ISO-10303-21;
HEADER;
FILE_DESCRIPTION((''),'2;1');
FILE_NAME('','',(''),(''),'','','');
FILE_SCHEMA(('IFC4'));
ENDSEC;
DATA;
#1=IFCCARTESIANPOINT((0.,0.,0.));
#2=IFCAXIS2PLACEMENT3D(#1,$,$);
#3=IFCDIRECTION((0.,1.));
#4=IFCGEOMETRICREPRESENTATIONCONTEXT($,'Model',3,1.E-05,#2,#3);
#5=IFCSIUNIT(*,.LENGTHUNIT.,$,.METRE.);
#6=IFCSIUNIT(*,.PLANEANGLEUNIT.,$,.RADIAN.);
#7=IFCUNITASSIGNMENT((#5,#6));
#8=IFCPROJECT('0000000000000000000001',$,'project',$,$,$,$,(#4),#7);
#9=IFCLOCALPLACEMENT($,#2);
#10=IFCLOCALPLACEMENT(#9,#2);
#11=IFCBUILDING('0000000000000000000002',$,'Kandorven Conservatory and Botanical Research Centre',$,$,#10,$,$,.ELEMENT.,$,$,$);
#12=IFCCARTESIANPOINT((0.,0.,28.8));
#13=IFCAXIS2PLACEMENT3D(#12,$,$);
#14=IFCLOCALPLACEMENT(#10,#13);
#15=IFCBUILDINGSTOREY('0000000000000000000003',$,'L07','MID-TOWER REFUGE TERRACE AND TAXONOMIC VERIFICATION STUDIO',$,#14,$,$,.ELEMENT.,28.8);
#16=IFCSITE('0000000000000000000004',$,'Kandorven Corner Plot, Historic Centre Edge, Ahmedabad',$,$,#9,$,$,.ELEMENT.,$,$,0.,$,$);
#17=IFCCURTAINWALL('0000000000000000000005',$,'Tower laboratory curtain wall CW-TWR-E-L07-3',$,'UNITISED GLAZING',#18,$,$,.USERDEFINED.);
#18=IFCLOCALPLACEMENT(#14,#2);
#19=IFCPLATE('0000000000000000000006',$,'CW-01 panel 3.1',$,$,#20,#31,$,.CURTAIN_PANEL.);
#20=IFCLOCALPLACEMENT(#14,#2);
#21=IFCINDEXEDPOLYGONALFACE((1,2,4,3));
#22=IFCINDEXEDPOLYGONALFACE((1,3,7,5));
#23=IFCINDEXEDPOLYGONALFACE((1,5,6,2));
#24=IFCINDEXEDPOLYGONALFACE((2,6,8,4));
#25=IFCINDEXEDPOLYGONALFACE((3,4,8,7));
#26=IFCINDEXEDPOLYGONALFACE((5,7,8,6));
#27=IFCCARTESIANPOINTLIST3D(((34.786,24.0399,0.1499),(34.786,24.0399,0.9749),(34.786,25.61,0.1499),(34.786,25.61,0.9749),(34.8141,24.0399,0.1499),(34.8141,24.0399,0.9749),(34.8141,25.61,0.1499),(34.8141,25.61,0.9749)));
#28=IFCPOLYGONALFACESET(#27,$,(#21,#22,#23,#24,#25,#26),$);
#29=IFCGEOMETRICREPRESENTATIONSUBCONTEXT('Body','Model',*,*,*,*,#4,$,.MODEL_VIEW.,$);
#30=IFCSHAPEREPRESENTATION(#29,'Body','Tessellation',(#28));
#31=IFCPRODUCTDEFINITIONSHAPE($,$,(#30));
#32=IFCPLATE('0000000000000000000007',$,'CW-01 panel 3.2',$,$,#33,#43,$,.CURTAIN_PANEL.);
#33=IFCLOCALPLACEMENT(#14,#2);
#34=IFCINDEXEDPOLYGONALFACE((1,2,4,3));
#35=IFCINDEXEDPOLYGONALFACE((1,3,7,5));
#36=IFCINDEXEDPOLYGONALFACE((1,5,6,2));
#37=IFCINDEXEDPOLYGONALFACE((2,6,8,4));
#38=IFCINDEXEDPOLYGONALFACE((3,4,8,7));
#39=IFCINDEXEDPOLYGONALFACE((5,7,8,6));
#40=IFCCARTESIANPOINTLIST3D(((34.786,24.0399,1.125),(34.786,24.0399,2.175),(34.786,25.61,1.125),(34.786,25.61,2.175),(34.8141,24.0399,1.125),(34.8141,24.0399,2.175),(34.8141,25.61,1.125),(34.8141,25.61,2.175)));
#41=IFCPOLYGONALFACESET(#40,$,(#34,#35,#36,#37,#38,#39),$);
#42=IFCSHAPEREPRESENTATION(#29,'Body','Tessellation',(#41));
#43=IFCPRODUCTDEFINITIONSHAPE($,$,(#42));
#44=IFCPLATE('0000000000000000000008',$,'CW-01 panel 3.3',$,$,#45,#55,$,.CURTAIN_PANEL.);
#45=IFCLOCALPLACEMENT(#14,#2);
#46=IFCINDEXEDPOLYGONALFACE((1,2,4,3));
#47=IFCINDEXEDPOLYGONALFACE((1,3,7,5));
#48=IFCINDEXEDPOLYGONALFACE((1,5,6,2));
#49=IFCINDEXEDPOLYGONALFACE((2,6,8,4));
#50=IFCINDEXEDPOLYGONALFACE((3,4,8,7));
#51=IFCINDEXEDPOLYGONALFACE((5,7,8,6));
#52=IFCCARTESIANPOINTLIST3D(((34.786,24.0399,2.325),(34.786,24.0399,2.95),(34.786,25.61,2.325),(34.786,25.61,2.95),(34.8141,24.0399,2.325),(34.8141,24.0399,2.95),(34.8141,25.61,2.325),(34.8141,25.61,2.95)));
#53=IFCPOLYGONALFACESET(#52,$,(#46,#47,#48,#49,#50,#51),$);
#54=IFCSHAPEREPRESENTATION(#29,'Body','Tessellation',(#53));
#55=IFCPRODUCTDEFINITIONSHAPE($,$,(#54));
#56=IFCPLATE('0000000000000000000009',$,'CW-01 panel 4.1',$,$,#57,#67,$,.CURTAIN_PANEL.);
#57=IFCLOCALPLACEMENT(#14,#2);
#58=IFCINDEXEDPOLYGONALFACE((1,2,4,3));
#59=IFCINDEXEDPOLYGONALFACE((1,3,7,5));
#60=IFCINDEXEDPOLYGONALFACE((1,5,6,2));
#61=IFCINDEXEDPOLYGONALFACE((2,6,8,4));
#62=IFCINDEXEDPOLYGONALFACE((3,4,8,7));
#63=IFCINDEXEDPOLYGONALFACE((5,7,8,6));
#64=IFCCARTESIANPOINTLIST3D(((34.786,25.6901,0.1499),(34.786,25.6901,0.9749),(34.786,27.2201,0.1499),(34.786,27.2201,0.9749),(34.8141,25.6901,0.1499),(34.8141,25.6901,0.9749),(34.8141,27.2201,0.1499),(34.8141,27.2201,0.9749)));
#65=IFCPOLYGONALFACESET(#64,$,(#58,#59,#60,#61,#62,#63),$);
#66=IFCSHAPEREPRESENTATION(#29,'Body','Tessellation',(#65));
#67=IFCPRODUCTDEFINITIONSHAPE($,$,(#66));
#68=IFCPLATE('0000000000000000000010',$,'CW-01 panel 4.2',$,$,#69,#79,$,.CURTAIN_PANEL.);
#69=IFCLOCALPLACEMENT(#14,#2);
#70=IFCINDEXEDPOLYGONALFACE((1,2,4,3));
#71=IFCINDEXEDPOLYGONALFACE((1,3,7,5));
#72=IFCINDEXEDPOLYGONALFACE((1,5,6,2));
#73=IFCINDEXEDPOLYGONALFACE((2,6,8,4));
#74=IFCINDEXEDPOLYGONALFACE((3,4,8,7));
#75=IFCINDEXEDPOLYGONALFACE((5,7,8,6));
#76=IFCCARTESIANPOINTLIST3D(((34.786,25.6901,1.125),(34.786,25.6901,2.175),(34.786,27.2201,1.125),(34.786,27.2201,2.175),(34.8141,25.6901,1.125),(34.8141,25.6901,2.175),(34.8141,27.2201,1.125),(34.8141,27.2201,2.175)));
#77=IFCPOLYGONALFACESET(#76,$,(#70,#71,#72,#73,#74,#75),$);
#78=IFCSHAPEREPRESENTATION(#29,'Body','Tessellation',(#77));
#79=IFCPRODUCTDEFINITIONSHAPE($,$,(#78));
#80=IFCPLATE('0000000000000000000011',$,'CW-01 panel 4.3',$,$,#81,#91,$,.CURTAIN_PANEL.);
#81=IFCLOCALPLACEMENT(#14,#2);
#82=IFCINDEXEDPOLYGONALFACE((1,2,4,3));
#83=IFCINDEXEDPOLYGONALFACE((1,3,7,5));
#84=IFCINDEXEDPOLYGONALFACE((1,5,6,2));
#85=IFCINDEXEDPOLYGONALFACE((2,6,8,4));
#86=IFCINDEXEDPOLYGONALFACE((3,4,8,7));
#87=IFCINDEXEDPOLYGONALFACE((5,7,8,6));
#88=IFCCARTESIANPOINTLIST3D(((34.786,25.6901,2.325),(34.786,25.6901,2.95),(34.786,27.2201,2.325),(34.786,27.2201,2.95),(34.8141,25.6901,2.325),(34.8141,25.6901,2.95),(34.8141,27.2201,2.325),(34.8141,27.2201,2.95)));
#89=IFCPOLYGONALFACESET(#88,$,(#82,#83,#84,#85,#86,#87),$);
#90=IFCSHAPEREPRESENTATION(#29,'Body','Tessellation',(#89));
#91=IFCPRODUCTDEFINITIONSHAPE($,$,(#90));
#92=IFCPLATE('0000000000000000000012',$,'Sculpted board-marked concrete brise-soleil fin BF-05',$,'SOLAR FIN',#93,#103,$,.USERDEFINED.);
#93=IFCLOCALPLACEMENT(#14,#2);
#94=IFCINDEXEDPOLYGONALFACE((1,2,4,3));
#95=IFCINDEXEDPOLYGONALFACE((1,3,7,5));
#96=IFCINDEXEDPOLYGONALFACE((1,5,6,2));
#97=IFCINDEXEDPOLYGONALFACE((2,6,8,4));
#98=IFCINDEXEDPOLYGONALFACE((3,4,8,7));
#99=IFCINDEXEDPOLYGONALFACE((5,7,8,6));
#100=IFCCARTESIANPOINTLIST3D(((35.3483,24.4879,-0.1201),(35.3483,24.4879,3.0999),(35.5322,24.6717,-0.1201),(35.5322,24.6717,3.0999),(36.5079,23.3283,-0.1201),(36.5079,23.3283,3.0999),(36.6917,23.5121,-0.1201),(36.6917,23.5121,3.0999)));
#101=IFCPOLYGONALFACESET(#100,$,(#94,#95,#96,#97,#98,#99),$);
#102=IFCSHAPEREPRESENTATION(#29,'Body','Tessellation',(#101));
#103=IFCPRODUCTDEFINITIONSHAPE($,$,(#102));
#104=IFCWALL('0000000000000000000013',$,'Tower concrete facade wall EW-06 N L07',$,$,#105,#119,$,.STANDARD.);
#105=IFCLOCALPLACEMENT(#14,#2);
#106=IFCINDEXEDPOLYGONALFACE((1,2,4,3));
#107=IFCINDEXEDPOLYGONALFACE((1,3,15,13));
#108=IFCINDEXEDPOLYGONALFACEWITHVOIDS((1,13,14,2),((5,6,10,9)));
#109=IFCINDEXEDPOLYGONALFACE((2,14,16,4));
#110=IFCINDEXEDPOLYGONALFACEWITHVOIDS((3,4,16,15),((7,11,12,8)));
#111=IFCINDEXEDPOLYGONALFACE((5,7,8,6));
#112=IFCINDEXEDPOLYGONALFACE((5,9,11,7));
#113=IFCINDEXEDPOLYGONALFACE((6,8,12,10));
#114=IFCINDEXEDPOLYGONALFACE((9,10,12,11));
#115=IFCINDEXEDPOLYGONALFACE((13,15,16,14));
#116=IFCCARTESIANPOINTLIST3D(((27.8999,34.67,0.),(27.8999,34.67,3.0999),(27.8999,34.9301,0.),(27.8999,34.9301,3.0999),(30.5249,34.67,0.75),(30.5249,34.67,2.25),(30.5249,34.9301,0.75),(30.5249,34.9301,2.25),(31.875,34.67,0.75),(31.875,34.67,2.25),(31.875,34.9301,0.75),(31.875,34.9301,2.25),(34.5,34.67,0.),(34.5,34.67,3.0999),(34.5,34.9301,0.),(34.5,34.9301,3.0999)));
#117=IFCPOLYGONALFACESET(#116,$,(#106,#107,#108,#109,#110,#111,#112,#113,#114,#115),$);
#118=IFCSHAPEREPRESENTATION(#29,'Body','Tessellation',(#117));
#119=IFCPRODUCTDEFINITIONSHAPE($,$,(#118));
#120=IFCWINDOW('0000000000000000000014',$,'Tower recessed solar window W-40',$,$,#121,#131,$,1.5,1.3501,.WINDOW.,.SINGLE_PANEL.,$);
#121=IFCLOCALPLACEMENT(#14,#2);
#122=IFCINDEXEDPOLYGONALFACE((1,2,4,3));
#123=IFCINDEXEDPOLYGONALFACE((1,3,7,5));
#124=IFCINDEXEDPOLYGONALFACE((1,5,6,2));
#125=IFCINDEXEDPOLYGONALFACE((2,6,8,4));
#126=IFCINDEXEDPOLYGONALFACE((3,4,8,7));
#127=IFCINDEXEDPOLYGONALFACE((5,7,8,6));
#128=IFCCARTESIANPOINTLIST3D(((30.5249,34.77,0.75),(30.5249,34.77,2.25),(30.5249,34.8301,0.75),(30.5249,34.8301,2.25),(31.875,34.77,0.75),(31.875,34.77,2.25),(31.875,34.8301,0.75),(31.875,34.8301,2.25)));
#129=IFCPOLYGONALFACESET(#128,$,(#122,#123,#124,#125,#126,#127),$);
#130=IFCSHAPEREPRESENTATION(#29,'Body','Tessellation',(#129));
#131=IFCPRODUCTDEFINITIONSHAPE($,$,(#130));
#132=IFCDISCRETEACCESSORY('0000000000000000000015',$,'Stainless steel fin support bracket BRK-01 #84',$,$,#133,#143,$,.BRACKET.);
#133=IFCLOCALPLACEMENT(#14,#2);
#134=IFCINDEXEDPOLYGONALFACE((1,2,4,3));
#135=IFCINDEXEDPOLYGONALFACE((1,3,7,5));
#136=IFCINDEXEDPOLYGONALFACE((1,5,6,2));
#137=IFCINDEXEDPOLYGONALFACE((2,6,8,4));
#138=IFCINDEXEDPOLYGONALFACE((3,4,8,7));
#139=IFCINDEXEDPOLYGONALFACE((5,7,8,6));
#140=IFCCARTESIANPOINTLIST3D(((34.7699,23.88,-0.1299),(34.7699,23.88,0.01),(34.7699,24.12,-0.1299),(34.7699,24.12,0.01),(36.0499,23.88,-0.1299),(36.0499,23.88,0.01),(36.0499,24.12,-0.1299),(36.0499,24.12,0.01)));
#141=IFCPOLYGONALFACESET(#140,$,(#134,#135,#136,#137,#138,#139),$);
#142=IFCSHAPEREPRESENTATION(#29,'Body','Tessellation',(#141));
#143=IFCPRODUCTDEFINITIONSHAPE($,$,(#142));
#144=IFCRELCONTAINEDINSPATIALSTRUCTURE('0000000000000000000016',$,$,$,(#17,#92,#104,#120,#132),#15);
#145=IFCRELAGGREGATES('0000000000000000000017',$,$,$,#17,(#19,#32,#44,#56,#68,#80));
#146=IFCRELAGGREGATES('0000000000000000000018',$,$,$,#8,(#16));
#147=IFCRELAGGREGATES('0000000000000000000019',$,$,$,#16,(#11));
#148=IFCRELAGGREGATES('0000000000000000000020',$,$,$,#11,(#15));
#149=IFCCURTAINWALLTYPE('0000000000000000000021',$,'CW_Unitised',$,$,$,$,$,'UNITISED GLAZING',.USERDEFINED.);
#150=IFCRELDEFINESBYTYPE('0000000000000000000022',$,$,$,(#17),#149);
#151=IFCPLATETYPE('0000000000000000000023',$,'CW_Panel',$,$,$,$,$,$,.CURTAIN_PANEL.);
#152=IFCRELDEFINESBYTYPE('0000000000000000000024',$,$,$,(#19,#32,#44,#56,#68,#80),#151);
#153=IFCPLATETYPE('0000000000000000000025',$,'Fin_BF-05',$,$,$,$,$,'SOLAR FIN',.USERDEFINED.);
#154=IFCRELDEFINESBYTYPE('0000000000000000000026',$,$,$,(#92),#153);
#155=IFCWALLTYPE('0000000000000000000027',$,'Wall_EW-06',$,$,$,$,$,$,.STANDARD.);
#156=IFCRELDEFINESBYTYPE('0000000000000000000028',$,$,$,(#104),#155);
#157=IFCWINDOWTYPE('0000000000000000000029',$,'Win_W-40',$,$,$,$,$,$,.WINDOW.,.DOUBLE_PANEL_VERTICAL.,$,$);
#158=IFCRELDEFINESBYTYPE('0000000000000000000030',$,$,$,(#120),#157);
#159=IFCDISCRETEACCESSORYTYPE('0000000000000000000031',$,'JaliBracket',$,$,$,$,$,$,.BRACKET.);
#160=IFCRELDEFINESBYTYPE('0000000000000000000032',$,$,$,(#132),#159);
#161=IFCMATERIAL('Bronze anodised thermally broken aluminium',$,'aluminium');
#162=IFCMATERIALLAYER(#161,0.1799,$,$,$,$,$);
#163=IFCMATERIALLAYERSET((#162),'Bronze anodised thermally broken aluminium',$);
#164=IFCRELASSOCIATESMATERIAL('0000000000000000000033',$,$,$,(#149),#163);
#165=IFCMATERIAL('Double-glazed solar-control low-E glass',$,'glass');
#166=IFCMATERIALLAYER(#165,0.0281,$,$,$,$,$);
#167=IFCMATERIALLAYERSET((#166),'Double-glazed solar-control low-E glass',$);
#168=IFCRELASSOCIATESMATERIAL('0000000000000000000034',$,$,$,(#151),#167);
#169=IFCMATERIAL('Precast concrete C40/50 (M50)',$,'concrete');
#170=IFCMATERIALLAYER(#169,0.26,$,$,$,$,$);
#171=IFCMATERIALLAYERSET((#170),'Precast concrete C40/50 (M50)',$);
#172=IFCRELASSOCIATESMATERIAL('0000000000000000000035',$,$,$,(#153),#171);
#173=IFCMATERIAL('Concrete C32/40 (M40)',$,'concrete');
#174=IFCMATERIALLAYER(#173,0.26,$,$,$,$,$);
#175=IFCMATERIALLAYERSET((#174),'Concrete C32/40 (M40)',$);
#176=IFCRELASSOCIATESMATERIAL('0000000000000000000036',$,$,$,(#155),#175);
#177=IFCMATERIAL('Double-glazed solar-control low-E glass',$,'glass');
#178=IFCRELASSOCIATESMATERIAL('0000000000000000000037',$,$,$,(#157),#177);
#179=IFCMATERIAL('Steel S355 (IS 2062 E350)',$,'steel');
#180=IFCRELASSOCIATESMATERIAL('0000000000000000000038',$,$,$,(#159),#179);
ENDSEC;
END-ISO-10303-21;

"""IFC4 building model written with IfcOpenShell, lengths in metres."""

from ifc_helpers import new_model, si_unit, direction, frame, frame_2d, origin, origin_2d, place, context, subcontext, project, spatial, rectangle, extrude, material, layer, layer_set, type_object, element, fill, aggregate, save


model = new_model("IFC4")

# Units and contexts
model_context = context("Model", 3, precision=1e-05, world=origin(), true_north=direction((0.0, 1.0)))
body_context = subcontext(model_context, "Body", "Model", "MODEL_VIEW")
ifc_project = project(units=[si_unit("LENGTHUNIT", "METRE"), si_unit("PLANEANGLEUNIT", "RADIAN")], contexts=[model_context])

# Site, building, storey
site_placement = place(None, origin())
site = spatial("IfcSite", under=ifc_project, at=site_placement, Name="Kandorven Corner Plot, Historic Centre Edge, Ahmedabad", CompositionType="ELEMENT", RefElevation=0.0)
building_placement = place(site_placement, origin())
building = spatial("IfcBuilding", under=site, at=building_placement, Name="Kandorven Conservatory and Botanical Research Centre", CompositionType="ELEMENT")
storey_placement = place(building_placement, frame((0.0, 0.0, 28.8)))
storey = spatial("IfcBuildingStorey", under=building, at=storey_placement, Name="L07", Description="MID-TOWER REFUGE TERRACE AND TAXONOMIC VERIFICATION STUDIO", CompositionType="ELEMENT", Elevation=28.8)

# Curtain wall, plates
ifc_material_1 = material(Name="Bronze anodised thermally broken aluminium", Category="aluminium")
ifc_layer_1 = layer(ifc_material_1, 0.1799)
ifc_layer_set_1 = layer_set([ifc_layer_1], Name="Bronze anodised thermally broken aluminium")
curtain_wall_type = type_object("IfcCurtainWallType", Name="CW_Unitised", ElementType="UNITISED GLAZING", PredefinedType="USERDEFINED", material=ifc_layer_set_1)
curtain_wall_placement = place(storey_placement, origin())
curtain_wall = element("IfcCurtainWall", 1, at=curtain_wall_placement, inside=storey, type_object=curtain_wall_type, Name="Tower laboratory curtain wall CW-TWR-E-L07-3", ObjectType="UNITISED GLAZING", PredefinedType="USERDEFINED")
ifc_material_2 = material(Name="Double-glazed solar-control low-E glass", Category="glass")
ifc_layer_2 = layer(ifc_material_2, 0.0281)
ifc_layer_set_2 = layer_set([ifc_layer_2], Name="Double-glazed solar-control low-E glass")
plate_type_1 = type_object("IfcPlateType", Name="CW_Panel", PredefinedType="CURTAIN_PANEL", material=ifc_layer_set_2)
plate_1_placement = place(storey_placement, frame((34.8, 24.825, 0.1499), z_axis=(0.0, 0.0, 1.0), x_axis=(0.0, 1.0, 0.0)))
plate_1 = element("IfcPlate", 2, at=plate_1_placement, type_object=plate_type_1, Name="CW-01 panel 3.1", PredefinedType="CURTAIN_PANEL", context=body_context, shape_type="SweptSolid", body=[
    extrude(rectangle(XDim=1.5701, YDim=0.0281, at=origin_2d()), origin(), (0.0, 0.0, 1.0), 0.825),
])
plate_2_placement = place(storey_placement, frame((34.8, 24.825, 1.125), z_axis=(0.0, 0.0, 1.0), x_axis=(0.0, 1.0, 0.0)))
plate_2 = element("IfcPlate", 3, at=plate_2_placement, type_object=plate_type_1, Name="CW-01 panel 3.2", PredefinedType="CURTAIN_PANEL", context=body_context, shape_type="SweptSolid", body=[
    extrude(rectangle(XDim=1.5701, YDim=0.0281, at=origin_2d()), origin(), (0.0, 0.0, 1.0), 1.05),
])
plate_3_placement = place(storey_placement, frame((34.8, 24.825, 2.325), z_axis=(0.0, 0.0, 1.0), x_axis=(0.0, 1.0, 0.0)))
plate_3 = element("IfcPlate", 4, at=plate_3_placement, type_object=plate_type_1, Name="CW-01 panel 3.3", PredefinedType="CURTAIN_PANEL", context=body_context, shape_type="SweptSolid", body=[
    extrude(rectangle(XDim=1.5701, YDim=0.0281, at=origin_2d()), origin(), (0.0, 0.0, 1.0), 0.625),
])
plate_4_placement = place(storey_placement, frame((34.8, 26.4551, 0.1499), z_axis=(0.0, 0.0, 1.0), x_axis=(0.0, 1.0, 0.0)))
plate_4 = element("IfcPlate", 5, at=plate_4_placement, type_object=plate_type_1, Name="CW-01 panel 4.1", PredefinedType="CURTAIN_PANEL", context=body_context, shape_type="SweptSolid", body=[
    extrude(rectangle(XDim=1.53, YDim=0.0281, at=origin_2d()), origin(), (0.0, 0.0, 1.0), 0.825),
])
plate_5_placement = place(storey_placement, frame((34.8, 26.4551, 1.125), z_axis=(0.0, 0.0, 1.0), x_axis=(0.0, 1.0, 0.0)))
plate_5 = element("IfcPlate", 6, at=plate_5_placement, type_object=plate_type_1, Name="CW-01 panel 4.2", PredefinedType="CURTAIN_PANEL", context=body_context, shape_type="SweptSolid", body=[
    extrude(rectangle(XDim=1.53, YDim=0.0281, at=origin_2d()), origin(), (0.0, 0.0, 1.0), 1.05),
])
plate_6_placement = place(storey_placement, frame((34.8, 26.4551, 2.325), z_axis=(0.0, 0.0, 1.0), x_axis=(0.0, 1.0, 0.0)))
plate_6 = element("IfcPlate", 7, at=plate_6_placement, type_object=plate_type_1, Name="CW-01 panel 4.3", PredefinedType="CURTAIN_PANEL", context=body_context, shape_type="SweptSolid", body=[
    extrude(rectangle(XDim=1.53, YDim=0.0281, at=origin_2d()), origin(), (0.0, 0.0, 1.0), 0.625),
])
aggregate(curtain_wall, [plate_1, plate_2, plate_3, plate_4, plate_5, plate_6])

# Plate
ifc_material_3 = material(Name="Precast concrete C40/50 (M50)", Category="concrete")
ifc_layer_3 = layer(ifc_material_3, 0.26)
ifc_layer_set_3 = layer_set([ifc_layer_3], Name="Precast concrete C40/50 (M50)")
plate_type_2 = type_object("IfcPlateType", Name="Fin_BF-05", ElementType="SOLAR FIN", PredefinedType="USERDEFINED", material=ifc_layer_set_3)
plate_7_placement = place(storey_placement, frame((36.02, 24.0, -0.1201), z_axis=(0.0, 0.0, 1.0), x_axis=(-0.707107, 0.707107, 0.0)))
element("IfcPlate", 8, at=plate_7_placement, inside=storey, type_object=plate_type_2, Name="Sculpted board-marked concrete brise-soleil fin BF-05", ObjectType="SOLAR FIN", PredefinedType="USERDEFINED", context=body_context, shape_type="SweptSolid", body=[
    extrude(rectangle(XDim=1.6399, YDim=0.26, at=origin_2d()), origin(), (0.0, 0.0, 1.0), 3.22),
])

# Wall, opening, window
ifc_material_4 = material(Name="Concrete C32/40 (M40)", Category="concrete")
ifc_layer_4 = layer(ifc_material_4, 0.26)
ifc_layer_set_4 = layer_set([ifc_layer_4], Name="Concrete C32/40 (M40)")
wall_type_1 = type_object("IfcWallType", Name="Wall_EW-06", PredefinedType="STANDARD", material=ifc_layer_set_4)
wall_1_placement = place(storey_placement, frame((27.8999, 34.8, 0.0), z_axis=(0.0, 0.0, 1.0), x_axis=(1.0, 0.0, 0.0)))
wall_1 = element("IfcWall", 9, at=wall_1_placement, inside=storey, type_object=wall_type_1, Name="Tower concrete facade wall EW-06 N L07", PredefinedType="STANDARD", context=body_context, shape_type="SweptSolid", body=[
    extrude(rectangle(XDim=6.6001, YDim=0.26, at=frame_2d((3.3, 0.0))), origin(), (0.0, 0.0, 1.0), 3.0999),
])
opening_1_placement = place(wall_1_placement, frame((2.625, 0.0, 0.75)))
opening_1 = element("IfcOpeningElement", 10, at=opening_1_placement, cuts=wall_1, PredefinedType="OPENING", context=body_context, shape_type="SweptSolid", body=[
    extrude(rectangle(XDim=1.3501, YDim=1.5, at=frame_2d((0.675, 0.75))), frame((0.0, 0.1399, 0.0), z_axis=(0.0, -1.0, 0.0), x_axis=(1.0, 0.0, 0.0)), (0.0, 0.0, 1.0), 0.28),
])
ifc_material_5 = material(Name="Double-glazed solar-control low-E glass", Category="glass")
window_type = type_object("IfcWindowType", Name="Win_W-40", PartitioningType="DOUBLE_PANEL_VERTICAL", PredefinedType="WINDOW", material=ifc_material_5)
window_placement = place(opening_1_placement, origin())
window = element("IfcWindow", 11, at=window_placement, inside=storey, type_object=window_type, Name="Tower recessed solar window W-40", OverallHeight=1.5, OverallWidth=1.3501, PartitioningType="SINGLE_PANEL", PredefinedType="WINDOW", context=body_context, shape_type="SweptSolid", body=[
    extrude(rectangle(XDim=1.3501, YDim=1.5, at=frame_2d((0.675, 0.75))), frame((0.0, 0.03, 0.0), z_axis=(0.0, -1.0, 0.0), x_axis=(1.0, 0.0, 0.0)), (0.0, 0.0, 1.0), 0.0601),
])
fill(opening_1, window)

# Discrete accessory
ifc_material_6 = material(Name="Steel S355 (IS 2062 E350)", Category="steel")
discrete_accessory_type = type_object("IfcDiscreteAccessoryType", Name="JaliBracket", PredefinedType="BRACKET", material=ifc_material_6)
discrete_accessory_placement = place(storey_placement, frame((35.4099, 24.0, -0.1299), z_axis=(0.0, 0.0, 1.0), x_axis=(1.0, 0.0, 0.0)))
element("IfcDiscreteAccessory", 12, at=discrete_accessory_placement, inside=storey, type_object=discrete_accessory_type, Name="Stainless steel fin support bracket BRK-01 #84", PredefinedType="BRACKET", context=body_context, shape_type="SweptSolid", body=[
    extrude(rectangle(XDim=1.28, YDim=0.24, at=origin_2d()), origin(), (0.0, 0.0, 1.0), 0.1399),
])

save(model, "model.ifc")
